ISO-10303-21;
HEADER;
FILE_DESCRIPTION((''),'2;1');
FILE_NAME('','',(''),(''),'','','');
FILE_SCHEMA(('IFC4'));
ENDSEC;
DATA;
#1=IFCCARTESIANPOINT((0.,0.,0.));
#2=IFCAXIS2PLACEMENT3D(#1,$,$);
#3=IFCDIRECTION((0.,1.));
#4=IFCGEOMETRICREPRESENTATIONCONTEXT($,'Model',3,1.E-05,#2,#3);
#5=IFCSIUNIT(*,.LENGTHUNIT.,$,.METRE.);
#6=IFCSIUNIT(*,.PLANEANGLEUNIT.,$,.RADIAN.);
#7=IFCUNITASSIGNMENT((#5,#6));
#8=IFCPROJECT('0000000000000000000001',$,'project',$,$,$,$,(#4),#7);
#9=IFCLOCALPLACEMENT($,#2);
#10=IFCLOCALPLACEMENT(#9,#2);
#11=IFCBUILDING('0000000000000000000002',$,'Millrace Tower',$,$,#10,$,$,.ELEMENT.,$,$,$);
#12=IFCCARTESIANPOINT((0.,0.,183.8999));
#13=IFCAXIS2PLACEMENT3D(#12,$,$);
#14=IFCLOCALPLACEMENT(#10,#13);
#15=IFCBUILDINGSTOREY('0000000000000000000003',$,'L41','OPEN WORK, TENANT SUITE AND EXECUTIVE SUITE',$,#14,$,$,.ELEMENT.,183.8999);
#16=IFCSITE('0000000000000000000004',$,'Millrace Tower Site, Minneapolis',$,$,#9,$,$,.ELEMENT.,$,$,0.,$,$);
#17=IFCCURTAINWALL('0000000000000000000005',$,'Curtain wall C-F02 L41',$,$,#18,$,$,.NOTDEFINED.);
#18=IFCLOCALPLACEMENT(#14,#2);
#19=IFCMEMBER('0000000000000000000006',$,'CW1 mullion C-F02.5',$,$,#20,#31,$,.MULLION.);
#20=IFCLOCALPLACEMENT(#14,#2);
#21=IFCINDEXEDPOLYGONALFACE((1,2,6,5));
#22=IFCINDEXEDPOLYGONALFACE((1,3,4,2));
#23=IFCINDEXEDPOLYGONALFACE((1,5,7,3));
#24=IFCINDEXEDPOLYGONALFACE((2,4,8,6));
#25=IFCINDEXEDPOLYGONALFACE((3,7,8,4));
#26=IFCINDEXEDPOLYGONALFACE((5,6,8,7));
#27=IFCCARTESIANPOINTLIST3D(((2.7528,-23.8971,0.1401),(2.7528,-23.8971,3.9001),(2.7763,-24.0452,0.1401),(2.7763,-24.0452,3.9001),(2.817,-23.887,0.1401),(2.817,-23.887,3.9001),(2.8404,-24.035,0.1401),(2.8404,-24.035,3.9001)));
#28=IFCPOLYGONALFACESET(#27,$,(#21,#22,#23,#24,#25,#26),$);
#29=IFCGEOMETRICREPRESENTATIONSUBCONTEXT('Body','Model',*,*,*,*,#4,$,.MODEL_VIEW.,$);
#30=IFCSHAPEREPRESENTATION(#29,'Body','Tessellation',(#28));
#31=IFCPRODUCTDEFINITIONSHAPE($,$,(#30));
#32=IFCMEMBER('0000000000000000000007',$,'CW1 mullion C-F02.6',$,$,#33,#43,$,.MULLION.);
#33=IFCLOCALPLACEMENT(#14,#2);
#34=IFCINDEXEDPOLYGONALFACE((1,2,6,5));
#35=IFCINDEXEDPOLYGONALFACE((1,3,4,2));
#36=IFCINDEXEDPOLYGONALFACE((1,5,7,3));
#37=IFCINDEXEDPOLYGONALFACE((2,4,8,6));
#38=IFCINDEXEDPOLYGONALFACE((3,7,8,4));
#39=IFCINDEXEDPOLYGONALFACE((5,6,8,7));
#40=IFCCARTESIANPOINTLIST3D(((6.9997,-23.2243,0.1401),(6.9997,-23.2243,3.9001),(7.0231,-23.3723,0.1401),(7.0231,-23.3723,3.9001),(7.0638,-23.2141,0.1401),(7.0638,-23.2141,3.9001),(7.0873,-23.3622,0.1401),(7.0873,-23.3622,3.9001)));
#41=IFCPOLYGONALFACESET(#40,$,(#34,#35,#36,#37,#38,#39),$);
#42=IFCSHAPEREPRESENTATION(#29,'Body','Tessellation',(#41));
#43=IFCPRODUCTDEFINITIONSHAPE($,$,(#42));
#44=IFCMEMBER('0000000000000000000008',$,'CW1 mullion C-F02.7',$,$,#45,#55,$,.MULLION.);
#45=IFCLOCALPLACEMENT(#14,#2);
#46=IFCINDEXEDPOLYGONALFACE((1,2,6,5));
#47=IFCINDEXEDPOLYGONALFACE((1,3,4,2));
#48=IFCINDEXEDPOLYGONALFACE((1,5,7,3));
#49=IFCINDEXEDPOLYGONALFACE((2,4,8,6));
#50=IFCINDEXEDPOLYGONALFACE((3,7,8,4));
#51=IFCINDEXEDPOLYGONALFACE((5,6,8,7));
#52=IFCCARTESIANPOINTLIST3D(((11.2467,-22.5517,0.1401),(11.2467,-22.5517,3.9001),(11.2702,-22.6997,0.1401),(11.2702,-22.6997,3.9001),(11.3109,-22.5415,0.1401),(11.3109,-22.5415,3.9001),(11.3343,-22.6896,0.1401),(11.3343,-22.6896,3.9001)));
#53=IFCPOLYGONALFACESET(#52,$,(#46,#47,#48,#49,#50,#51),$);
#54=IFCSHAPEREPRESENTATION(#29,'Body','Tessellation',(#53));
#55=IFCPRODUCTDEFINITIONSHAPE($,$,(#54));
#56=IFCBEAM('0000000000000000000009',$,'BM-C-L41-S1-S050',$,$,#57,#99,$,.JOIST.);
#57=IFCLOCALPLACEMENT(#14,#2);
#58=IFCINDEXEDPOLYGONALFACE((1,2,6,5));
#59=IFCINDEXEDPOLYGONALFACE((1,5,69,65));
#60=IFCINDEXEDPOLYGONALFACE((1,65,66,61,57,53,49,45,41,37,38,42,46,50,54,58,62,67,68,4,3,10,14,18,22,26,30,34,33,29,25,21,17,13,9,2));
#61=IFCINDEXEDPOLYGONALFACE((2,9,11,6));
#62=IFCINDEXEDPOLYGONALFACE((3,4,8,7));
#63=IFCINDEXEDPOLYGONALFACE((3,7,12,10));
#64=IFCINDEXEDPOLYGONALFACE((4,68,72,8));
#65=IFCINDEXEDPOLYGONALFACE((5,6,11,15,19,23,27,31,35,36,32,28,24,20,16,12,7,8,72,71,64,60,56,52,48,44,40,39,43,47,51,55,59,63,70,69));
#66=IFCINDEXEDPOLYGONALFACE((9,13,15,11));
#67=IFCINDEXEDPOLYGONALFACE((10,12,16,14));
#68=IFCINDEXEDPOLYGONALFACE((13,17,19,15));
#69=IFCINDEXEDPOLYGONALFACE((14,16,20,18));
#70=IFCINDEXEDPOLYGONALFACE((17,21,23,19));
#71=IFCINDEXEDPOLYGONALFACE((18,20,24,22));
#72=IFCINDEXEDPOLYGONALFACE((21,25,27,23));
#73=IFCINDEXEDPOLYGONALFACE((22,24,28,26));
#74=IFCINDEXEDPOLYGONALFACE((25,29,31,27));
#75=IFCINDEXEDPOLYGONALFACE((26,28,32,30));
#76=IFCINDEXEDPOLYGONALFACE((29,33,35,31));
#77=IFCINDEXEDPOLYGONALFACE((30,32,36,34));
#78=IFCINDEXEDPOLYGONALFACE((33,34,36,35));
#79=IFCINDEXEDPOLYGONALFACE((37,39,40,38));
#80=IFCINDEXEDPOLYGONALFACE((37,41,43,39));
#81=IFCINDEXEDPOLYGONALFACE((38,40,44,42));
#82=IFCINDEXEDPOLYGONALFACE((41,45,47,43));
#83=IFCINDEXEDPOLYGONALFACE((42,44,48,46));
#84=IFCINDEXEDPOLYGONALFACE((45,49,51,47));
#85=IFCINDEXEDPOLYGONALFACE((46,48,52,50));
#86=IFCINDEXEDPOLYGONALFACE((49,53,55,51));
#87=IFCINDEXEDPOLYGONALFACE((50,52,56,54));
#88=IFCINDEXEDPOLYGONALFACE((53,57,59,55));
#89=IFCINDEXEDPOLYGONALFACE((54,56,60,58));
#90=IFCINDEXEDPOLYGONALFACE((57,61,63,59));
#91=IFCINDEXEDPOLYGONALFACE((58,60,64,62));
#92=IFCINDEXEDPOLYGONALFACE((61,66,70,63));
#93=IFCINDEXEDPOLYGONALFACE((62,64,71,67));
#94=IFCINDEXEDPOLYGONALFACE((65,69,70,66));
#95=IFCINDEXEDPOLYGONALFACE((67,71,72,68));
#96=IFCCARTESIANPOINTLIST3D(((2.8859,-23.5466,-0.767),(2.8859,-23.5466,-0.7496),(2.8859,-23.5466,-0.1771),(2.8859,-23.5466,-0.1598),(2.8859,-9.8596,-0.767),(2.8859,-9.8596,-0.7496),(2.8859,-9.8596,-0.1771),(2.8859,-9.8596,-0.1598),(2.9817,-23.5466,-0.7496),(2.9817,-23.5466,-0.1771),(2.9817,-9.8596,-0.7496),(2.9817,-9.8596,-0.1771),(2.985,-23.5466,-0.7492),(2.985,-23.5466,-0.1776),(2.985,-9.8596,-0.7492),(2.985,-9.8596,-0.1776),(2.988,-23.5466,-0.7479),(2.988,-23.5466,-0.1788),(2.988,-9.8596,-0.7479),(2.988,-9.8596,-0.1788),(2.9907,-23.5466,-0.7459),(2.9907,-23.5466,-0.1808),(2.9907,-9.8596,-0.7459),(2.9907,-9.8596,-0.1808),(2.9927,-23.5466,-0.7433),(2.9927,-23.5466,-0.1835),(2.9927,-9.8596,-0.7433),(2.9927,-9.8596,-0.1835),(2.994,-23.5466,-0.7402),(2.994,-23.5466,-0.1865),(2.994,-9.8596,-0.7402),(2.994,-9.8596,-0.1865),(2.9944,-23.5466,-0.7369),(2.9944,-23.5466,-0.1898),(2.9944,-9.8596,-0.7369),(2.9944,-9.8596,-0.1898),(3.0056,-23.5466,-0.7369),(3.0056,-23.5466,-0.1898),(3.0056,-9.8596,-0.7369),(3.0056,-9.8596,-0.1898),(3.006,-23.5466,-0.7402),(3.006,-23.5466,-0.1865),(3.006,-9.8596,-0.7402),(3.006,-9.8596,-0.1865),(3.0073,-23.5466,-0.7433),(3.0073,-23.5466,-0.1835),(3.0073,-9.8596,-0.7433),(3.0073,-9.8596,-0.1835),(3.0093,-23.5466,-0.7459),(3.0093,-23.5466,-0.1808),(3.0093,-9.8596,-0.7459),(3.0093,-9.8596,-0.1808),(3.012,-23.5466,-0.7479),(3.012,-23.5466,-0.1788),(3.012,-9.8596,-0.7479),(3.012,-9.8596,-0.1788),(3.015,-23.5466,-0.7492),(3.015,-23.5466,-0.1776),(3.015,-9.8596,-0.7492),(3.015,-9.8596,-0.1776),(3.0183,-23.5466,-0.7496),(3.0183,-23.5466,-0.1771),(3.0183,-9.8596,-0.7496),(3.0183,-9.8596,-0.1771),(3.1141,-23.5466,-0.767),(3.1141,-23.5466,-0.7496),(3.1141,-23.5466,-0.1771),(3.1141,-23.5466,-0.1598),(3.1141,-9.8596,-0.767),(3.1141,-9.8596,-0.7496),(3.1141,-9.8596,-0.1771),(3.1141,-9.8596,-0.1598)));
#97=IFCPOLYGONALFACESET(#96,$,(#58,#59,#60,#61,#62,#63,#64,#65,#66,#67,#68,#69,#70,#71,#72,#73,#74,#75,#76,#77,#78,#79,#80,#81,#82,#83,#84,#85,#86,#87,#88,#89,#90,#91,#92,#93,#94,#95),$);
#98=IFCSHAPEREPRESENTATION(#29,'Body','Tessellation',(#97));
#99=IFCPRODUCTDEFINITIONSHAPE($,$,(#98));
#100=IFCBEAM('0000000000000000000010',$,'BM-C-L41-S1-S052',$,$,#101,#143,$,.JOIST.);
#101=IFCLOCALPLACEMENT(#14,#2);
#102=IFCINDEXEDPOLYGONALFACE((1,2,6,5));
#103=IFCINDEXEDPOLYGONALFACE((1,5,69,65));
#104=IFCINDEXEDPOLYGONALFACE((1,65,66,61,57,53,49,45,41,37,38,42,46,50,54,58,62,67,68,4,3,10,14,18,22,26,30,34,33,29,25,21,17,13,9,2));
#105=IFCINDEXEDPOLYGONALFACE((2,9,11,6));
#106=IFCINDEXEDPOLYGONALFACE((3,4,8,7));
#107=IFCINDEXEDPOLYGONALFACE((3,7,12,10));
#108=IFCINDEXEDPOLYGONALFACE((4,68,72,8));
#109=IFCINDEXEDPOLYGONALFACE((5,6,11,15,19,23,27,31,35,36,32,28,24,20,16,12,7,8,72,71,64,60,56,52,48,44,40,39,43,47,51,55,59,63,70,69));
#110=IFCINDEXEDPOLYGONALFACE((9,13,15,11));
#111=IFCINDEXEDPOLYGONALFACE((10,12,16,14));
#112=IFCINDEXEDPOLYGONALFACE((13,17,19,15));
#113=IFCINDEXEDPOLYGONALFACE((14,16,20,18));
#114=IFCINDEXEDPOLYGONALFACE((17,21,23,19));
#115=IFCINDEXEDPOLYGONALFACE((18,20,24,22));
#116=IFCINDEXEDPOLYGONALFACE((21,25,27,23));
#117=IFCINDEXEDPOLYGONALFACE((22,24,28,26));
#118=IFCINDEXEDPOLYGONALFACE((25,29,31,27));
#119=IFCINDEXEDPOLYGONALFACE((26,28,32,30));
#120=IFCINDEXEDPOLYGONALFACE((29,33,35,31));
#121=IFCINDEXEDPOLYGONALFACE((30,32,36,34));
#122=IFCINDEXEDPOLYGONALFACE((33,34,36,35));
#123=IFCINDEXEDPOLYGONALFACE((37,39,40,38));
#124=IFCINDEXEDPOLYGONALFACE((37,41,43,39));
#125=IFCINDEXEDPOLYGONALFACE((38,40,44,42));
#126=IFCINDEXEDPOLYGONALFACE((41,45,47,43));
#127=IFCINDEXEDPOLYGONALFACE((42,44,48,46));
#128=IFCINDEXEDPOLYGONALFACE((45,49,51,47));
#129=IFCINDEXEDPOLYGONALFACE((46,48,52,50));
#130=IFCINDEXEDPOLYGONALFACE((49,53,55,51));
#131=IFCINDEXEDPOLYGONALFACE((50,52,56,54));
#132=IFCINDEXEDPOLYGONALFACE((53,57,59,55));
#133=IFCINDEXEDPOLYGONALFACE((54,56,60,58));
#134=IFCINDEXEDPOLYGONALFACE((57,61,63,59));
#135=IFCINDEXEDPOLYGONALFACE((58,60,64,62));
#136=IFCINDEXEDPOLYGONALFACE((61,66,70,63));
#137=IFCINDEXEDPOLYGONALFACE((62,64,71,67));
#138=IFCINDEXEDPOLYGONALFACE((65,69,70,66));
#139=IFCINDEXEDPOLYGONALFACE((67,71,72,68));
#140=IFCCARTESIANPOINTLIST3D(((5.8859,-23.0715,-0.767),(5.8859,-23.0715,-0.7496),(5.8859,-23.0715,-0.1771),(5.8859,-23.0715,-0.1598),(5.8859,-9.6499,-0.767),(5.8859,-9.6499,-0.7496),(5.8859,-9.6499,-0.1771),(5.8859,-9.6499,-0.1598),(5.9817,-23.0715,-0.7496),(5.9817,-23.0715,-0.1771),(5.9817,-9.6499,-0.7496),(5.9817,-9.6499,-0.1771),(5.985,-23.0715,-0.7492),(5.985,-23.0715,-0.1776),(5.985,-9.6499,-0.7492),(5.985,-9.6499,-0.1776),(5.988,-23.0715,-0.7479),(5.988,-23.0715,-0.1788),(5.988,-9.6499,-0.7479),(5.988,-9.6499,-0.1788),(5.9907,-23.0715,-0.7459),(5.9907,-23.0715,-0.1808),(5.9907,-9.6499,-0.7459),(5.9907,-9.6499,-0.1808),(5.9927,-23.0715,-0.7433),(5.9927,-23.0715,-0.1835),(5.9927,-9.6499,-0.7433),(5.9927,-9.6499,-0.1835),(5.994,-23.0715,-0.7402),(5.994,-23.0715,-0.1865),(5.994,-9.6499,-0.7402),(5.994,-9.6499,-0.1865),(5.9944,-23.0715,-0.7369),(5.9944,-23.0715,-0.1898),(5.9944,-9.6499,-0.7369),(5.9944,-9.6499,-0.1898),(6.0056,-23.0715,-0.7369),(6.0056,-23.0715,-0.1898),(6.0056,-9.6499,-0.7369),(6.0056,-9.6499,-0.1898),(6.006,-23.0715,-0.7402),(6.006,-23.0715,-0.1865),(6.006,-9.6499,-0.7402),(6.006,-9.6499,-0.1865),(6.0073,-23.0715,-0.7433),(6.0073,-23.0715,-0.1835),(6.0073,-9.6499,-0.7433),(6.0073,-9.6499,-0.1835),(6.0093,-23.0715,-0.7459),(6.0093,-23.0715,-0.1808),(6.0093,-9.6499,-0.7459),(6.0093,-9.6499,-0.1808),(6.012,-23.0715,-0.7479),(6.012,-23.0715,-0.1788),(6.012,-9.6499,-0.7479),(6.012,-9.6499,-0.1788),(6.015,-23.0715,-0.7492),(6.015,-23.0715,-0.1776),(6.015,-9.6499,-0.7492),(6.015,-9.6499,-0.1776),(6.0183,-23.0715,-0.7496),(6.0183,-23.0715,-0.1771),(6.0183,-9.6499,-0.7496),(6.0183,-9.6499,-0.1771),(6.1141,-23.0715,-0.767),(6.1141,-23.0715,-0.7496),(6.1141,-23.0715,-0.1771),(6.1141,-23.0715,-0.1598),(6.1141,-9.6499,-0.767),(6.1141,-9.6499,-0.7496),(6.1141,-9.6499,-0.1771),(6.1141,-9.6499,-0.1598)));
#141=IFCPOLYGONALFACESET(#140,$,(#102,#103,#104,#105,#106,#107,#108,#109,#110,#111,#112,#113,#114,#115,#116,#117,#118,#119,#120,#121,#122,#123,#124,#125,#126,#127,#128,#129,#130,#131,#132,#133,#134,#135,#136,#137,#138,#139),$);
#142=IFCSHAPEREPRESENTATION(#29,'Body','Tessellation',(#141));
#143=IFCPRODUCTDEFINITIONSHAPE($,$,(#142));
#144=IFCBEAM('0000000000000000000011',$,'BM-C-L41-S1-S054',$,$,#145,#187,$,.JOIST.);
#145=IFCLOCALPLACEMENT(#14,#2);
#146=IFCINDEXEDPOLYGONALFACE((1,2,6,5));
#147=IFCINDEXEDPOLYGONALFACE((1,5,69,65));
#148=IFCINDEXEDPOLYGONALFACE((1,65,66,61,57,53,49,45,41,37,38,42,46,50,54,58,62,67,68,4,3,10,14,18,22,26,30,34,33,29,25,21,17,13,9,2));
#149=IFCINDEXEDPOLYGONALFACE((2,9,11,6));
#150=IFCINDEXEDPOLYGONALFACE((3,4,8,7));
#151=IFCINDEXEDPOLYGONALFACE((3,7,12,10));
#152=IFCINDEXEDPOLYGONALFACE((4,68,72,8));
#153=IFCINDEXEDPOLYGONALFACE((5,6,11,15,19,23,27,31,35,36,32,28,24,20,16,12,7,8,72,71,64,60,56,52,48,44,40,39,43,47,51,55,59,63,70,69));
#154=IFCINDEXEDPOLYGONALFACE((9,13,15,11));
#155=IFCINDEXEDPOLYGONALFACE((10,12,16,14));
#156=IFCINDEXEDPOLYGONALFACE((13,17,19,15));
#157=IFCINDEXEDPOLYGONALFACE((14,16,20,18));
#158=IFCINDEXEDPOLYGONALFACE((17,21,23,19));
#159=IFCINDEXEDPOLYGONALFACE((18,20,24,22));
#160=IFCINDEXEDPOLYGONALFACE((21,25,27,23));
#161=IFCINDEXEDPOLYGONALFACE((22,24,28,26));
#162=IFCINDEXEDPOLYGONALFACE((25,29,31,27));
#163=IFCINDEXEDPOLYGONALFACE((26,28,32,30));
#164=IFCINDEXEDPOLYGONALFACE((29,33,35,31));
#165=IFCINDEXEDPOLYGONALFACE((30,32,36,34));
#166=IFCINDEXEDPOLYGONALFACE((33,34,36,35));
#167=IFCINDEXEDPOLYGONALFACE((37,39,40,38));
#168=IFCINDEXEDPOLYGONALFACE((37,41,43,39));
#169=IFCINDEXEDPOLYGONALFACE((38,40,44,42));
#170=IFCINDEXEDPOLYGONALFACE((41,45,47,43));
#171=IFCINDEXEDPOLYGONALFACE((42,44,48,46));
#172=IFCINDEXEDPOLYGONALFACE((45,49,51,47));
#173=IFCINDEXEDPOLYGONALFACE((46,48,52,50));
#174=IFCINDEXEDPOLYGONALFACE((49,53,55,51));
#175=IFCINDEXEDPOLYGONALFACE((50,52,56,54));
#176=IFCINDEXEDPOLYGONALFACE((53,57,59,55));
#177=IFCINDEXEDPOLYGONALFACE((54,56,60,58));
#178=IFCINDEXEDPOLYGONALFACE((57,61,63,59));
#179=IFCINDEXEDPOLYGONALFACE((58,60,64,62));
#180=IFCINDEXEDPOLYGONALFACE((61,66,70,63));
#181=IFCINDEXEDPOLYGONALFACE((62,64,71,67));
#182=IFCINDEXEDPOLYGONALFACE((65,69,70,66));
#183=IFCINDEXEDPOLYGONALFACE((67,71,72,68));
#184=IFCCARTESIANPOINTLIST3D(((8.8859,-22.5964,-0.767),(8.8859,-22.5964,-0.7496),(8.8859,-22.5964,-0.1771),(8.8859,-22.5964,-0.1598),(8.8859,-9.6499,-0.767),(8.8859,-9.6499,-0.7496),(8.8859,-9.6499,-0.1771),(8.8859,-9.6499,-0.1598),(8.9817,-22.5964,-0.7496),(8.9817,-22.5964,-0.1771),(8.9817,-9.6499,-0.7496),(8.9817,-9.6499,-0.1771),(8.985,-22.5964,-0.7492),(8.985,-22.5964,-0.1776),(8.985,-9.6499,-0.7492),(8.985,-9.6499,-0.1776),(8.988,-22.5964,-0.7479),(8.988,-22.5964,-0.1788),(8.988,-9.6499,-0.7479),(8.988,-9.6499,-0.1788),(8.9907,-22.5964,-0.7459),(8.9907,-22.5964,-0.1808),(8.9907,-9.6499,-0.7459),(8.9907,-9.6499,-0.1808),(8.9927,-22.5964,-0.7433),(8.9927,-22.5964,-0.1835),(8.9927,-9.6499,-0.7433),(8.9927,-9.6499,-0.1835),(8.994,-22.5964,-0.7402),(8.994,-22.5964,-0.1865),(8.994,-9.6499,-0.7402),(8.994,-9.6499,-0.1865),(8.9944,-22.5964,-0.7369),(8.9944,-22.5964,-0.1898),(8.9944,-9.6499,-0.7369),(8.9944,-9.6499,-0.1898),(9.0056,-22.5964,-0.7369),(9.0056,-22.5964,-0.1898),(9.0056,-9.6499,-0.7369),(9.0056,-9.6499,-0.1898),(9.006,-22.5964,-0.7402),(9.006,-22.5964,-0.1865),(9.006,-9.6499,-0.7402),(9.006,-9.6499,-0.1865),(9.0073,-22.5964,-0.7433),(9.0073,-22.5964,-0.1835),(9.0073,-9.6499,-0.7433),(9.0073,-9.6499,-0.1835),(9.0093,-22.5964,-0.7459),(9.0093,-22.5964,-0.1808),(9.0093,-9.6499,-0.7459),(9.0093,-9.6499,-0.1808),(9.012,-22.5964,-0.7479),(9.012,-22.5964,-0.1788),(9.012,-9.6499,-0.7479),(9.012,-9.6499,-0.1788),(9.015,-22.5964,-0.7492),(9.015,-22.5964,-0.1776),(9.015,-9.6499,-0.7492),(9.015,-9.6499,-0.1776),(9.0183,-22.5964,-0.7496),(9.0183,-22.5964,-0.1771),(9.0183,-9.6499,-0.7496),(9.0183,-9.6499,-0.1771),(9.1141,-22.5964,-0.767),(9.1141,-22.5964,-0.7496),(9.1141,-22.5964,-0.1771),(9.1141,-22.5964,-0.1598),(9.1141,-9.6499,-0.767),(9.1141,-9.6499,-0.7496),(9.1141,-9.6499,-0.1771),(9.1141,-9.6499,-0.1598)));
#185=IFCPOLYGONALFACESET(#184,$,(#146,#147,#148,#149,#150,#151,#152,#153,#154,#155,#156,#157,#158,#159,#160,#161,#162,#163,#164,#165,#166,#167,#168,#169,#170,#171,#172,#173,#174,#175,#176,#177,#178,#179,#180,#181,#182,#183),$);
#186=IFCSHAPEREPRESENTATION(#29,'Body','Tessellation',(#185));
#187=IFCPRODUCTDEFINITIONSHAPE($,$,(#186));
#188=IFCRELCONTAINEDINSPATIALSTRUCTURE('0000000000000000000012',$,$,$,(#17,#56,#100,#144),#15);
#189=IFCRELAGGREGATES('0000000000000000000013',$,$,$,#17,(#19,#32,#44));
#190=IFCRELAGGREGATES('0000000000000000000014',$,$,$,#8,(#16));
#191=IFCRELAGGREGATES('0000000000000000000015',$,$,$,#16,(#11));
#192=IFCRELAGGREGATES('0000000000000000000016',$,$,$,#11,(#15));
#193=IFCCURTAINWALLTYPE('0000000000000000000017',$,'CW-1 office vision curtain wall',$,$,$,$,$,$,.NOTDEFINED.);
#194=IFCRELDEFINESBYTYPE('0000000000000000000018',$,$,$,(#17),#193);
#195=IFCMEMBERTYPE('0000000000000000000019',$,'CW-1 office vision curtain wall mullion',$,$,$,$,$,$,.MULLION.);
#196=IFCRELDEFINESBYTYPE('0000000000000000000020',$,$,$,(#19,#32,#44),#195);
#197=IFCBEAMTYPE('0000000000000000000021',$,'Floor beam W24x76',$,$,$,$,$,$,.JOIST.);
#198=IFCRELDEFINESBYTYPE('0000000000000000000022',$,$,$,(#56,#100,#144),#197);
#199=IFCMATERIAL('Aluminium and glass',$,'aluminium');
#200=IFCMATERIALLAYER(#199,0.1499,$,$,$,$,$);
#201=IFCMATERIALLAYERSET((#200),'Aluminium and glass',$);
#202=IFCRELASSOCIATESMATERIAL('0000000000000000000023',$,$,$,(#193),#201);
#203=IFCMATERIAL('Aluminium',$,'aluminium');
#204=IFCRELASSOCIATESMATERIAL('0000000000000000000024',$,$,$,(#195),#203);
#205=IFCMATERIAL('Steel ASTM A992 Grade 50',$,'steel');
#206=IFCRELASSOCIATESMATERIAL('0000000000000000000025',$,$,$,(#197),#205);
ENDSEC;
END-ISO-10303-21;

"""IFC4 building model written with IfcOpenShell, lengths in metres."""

from ifc_helpers import new_model, si_unit, direction, frame, origin, origin_2d, place, context, subcontext, project, spatial, rectangle, i_section, extrude, material, layer, layer_set, material_profile, profile_set, type_object, element, aggregate, save


model = new_model("IFC4")

# Units and contexts
model_context = context("Model", 3, precision=1e-05, world=origin(), true_north=direction((0.0, 1.0)))
body_context = subcontext(model_context, "Body", "Model", "MODEL_VIEW")
ifc_project = project(units=[si_unit("LENGTHUNIT", "METRE"), si_unit("PLANEANGLEUNIT", "RADIAN")], contexts=[model_context])

# Site, building, storey
site_placement = place(None, origin())
site = spatial("IfcSite", under=ifc_project, at=site_placement, Name="Millrace Tower Site, Minneapolis", CompositionType="ELEMENT", RefElevation=0.0)
building_placement = place(site_placement, origin())
building = spatial("IfcBuilding", under=site, at=building_placement, Name="Millrace Tower", CompositionType="ELEMENT")
storey_placement = place(building_placement, frame((0.0, 0.0, 183.8999)))
storey = spatial("IfcBuildingStorey", under=building, at=storey_placement, Name="L41", Description="OPEN WORK, TENANT SUITE AND EXECUTIVE SUITE", CompositionType="ELEMENT", Elevation=183.8999)

# Curtain wall, members
ifc_material_1 = material(Name="Aluminium and glass", Category="aluminium")
ifc_layer_1 = layer(ifc_material_1, 0.1499)
ifc_layer_set_1 = layer_set([ifc_layer_1], Name="Aluminium and glass")
curtain_wall_type = type_object("IfcCurtainWallType", Name="CW-1 office vision curtain wall", PredefinedType="NOTDEFINED", material=ifc_layer_set_1)
placement = place(storey_placement, origin())
curtain_wall = element("IfcCurtainWall", 1, at=placement, inside=storey, type_object=curtain_wall_type, Name="Curtain wall C-F02 L41", PredefinedType="NOTDEFINED")
ifc_material_2 = material(Name="Aluminium", Category="aluminium")
ifc_material_profile_1 = material_profile(ifc_material_2, rectangle(XDim=0.0649, YDim=0.1499, at=origin_2d()))
ifc_profile_set_1 = profile_set([ifc_material_profile_1], Name="Aluminium")
member_type = type_object("IfcMemberType", Name="CW-1 office vision curtain wall mullion", PredefinedType="MULLION", material=ifc_profile_set_1)
member_1_placement = place(storey_placement, frame((2.7966, -23.9661, 0.1401), z_axis=(0.0, 0.0, 1.0), x_axis=(0.987688, 0.156434, 0.0)))
member_1 = element("IfcMember", 2, at=member_1_placement, type_object=member_type, Name="CW1 mullion C-F02.5", PredefinedType="MULLION", context=body_context, shape_type="SweptSolid", body=[
    extrude(rectangle(XDim=0.0649, YDim=0.1499, at=origin_2d()), origin(), (0.0, 0.0, 1.0), 3.76),
])
member_2_placement = place(storey_placement, frame((7.0435, -23.2932, 0.1401), z_axis=(0.0, 0.0, 1.0), x_axis=(0.987688, 0.156434, 0.0)))
member_2 = element("IfcMember", 3, at=member_2_placement, type_object=member_type, Name="CW1 mullion C-F02.6", PredefinedType="MULLION", context=body_context, shape_type="SweptSolid", body=[
    extrude(rectangle(XDim=0.0649, YDim=0.1499, at=origin_2d()), origin(), (0.0, 0.0, 1.0), 3.76),
])
member_3_placement = place(storey_placement, frame((11.2905, -22.6206, 0.1401), z_axis=(0.0, 0.0, 1.0), x_axis=(0.987688, 0.156434, 0.0)))
member_3 = element("IfcMember", 4, at=member_3_placement, type_object=member_type, Name="CW1 mullion C-F02.7", PredefinedType="MULLION", context=body_context, shape_type="SweptSolid", body=[
    extrude(rectangle(XDim=0.0649, YDim=0.1499, at=origin_2d()), origin(), (0.0, 0.0, 1.0), 3.76),
])
aggregate(curtain_wall, [member_1, member_2, member_3])

# Beams
ifc_material_3 = material(Name="Steel ASTM A992 Grade 50", Category="steel")
ifc_material_profile_2 = material_profile(ifc_material_3, i_section(OverallWidth=0.2283, OverallDepth=0.6072, WebThickness=0.0112, FlangeThickness=0.0173, FilletRadius=0.0127, at=origin_2d()))
ifc_profile_set_2 = profile_set([ifc_material_profile_2], Name="Steel ASTM A992 Grade 50")
beam_type_1 = type_object("IfcBeamType", Name="Floor beam W24x76", PredefinedType="JOIST", material=ifc_profile_set_2)
beam_1_placement = place(storey_placement, frame((3.0, -23.5466, -0.4634), z_axis=(0.0, 1.0, 0.0), x_axis=(-1.0, 0.0, 0.0)))
element("IfcBeam", 5, at=beam_1_placement, inside=storey, type_object=beam_type_1, Name="BM-C-L41-S1-S050", PredefinedType="JOIST", context=body_context, shape_type="SweptSolid", body=[
    extrude(i_section(OverallWidth=0.2283, OverallDepth=0.6072, WebThickness=0.0112, FlangeThickness=0.0173, FilletRadius=0.0127, at=origin_2d()), origin(), (0.0, 0.0, 1.0), 13.687),
])
beam_2_placement = place(storey_placement, frame((6.0, -23.0715, -0.4634), z_axis=(0.0, 1.0, 0.0), x_axis=(-1.0, 0.0, 0.0)))
element("IfcBeam", 6, at=beam_2_placement, inside=storey, type_object=beam_type_1, Name="BM-C-L41-S1-S052", PredefinedType="JOIST", context=body_context, shape_type="SweptSolid", body=[
    extrude(i_section(OverallWidth=0.2283, OverallDepth=0.6072, WebThickness=0.0112, FlangeThickness=0.0173, FilletRadius=0.0127, at=origin_2d()), origin(), (0.0, 0.0, 1.0), 13.4216),
])
beam_3_placement = place(storey_placement, frame((9.0, -22.5964, -0.4634), z_axis=(0.0, 1.0, 0.0), x_axis=(-1.0, 0.0, 0.0)))
element("IfcBeam", 7, at=beam_3_placement, inside=storey, type_object=beam_type_1, Name="BM-C-L41-S1-S054", PredefinedType="JOIST", context=body_context, shape_type="SweptSolid", body=[
    extrude(i_section(OverallWidth=0.2283, OverallDepth=0.6072, WebThickness=0.0112, FlangeThickness=0.0173, FilletRadius=0.0127, at=origin_2d()), origin(), (0.0, 0.0, 1.0), 12.9465),
])

save(model, "model.ifc")
